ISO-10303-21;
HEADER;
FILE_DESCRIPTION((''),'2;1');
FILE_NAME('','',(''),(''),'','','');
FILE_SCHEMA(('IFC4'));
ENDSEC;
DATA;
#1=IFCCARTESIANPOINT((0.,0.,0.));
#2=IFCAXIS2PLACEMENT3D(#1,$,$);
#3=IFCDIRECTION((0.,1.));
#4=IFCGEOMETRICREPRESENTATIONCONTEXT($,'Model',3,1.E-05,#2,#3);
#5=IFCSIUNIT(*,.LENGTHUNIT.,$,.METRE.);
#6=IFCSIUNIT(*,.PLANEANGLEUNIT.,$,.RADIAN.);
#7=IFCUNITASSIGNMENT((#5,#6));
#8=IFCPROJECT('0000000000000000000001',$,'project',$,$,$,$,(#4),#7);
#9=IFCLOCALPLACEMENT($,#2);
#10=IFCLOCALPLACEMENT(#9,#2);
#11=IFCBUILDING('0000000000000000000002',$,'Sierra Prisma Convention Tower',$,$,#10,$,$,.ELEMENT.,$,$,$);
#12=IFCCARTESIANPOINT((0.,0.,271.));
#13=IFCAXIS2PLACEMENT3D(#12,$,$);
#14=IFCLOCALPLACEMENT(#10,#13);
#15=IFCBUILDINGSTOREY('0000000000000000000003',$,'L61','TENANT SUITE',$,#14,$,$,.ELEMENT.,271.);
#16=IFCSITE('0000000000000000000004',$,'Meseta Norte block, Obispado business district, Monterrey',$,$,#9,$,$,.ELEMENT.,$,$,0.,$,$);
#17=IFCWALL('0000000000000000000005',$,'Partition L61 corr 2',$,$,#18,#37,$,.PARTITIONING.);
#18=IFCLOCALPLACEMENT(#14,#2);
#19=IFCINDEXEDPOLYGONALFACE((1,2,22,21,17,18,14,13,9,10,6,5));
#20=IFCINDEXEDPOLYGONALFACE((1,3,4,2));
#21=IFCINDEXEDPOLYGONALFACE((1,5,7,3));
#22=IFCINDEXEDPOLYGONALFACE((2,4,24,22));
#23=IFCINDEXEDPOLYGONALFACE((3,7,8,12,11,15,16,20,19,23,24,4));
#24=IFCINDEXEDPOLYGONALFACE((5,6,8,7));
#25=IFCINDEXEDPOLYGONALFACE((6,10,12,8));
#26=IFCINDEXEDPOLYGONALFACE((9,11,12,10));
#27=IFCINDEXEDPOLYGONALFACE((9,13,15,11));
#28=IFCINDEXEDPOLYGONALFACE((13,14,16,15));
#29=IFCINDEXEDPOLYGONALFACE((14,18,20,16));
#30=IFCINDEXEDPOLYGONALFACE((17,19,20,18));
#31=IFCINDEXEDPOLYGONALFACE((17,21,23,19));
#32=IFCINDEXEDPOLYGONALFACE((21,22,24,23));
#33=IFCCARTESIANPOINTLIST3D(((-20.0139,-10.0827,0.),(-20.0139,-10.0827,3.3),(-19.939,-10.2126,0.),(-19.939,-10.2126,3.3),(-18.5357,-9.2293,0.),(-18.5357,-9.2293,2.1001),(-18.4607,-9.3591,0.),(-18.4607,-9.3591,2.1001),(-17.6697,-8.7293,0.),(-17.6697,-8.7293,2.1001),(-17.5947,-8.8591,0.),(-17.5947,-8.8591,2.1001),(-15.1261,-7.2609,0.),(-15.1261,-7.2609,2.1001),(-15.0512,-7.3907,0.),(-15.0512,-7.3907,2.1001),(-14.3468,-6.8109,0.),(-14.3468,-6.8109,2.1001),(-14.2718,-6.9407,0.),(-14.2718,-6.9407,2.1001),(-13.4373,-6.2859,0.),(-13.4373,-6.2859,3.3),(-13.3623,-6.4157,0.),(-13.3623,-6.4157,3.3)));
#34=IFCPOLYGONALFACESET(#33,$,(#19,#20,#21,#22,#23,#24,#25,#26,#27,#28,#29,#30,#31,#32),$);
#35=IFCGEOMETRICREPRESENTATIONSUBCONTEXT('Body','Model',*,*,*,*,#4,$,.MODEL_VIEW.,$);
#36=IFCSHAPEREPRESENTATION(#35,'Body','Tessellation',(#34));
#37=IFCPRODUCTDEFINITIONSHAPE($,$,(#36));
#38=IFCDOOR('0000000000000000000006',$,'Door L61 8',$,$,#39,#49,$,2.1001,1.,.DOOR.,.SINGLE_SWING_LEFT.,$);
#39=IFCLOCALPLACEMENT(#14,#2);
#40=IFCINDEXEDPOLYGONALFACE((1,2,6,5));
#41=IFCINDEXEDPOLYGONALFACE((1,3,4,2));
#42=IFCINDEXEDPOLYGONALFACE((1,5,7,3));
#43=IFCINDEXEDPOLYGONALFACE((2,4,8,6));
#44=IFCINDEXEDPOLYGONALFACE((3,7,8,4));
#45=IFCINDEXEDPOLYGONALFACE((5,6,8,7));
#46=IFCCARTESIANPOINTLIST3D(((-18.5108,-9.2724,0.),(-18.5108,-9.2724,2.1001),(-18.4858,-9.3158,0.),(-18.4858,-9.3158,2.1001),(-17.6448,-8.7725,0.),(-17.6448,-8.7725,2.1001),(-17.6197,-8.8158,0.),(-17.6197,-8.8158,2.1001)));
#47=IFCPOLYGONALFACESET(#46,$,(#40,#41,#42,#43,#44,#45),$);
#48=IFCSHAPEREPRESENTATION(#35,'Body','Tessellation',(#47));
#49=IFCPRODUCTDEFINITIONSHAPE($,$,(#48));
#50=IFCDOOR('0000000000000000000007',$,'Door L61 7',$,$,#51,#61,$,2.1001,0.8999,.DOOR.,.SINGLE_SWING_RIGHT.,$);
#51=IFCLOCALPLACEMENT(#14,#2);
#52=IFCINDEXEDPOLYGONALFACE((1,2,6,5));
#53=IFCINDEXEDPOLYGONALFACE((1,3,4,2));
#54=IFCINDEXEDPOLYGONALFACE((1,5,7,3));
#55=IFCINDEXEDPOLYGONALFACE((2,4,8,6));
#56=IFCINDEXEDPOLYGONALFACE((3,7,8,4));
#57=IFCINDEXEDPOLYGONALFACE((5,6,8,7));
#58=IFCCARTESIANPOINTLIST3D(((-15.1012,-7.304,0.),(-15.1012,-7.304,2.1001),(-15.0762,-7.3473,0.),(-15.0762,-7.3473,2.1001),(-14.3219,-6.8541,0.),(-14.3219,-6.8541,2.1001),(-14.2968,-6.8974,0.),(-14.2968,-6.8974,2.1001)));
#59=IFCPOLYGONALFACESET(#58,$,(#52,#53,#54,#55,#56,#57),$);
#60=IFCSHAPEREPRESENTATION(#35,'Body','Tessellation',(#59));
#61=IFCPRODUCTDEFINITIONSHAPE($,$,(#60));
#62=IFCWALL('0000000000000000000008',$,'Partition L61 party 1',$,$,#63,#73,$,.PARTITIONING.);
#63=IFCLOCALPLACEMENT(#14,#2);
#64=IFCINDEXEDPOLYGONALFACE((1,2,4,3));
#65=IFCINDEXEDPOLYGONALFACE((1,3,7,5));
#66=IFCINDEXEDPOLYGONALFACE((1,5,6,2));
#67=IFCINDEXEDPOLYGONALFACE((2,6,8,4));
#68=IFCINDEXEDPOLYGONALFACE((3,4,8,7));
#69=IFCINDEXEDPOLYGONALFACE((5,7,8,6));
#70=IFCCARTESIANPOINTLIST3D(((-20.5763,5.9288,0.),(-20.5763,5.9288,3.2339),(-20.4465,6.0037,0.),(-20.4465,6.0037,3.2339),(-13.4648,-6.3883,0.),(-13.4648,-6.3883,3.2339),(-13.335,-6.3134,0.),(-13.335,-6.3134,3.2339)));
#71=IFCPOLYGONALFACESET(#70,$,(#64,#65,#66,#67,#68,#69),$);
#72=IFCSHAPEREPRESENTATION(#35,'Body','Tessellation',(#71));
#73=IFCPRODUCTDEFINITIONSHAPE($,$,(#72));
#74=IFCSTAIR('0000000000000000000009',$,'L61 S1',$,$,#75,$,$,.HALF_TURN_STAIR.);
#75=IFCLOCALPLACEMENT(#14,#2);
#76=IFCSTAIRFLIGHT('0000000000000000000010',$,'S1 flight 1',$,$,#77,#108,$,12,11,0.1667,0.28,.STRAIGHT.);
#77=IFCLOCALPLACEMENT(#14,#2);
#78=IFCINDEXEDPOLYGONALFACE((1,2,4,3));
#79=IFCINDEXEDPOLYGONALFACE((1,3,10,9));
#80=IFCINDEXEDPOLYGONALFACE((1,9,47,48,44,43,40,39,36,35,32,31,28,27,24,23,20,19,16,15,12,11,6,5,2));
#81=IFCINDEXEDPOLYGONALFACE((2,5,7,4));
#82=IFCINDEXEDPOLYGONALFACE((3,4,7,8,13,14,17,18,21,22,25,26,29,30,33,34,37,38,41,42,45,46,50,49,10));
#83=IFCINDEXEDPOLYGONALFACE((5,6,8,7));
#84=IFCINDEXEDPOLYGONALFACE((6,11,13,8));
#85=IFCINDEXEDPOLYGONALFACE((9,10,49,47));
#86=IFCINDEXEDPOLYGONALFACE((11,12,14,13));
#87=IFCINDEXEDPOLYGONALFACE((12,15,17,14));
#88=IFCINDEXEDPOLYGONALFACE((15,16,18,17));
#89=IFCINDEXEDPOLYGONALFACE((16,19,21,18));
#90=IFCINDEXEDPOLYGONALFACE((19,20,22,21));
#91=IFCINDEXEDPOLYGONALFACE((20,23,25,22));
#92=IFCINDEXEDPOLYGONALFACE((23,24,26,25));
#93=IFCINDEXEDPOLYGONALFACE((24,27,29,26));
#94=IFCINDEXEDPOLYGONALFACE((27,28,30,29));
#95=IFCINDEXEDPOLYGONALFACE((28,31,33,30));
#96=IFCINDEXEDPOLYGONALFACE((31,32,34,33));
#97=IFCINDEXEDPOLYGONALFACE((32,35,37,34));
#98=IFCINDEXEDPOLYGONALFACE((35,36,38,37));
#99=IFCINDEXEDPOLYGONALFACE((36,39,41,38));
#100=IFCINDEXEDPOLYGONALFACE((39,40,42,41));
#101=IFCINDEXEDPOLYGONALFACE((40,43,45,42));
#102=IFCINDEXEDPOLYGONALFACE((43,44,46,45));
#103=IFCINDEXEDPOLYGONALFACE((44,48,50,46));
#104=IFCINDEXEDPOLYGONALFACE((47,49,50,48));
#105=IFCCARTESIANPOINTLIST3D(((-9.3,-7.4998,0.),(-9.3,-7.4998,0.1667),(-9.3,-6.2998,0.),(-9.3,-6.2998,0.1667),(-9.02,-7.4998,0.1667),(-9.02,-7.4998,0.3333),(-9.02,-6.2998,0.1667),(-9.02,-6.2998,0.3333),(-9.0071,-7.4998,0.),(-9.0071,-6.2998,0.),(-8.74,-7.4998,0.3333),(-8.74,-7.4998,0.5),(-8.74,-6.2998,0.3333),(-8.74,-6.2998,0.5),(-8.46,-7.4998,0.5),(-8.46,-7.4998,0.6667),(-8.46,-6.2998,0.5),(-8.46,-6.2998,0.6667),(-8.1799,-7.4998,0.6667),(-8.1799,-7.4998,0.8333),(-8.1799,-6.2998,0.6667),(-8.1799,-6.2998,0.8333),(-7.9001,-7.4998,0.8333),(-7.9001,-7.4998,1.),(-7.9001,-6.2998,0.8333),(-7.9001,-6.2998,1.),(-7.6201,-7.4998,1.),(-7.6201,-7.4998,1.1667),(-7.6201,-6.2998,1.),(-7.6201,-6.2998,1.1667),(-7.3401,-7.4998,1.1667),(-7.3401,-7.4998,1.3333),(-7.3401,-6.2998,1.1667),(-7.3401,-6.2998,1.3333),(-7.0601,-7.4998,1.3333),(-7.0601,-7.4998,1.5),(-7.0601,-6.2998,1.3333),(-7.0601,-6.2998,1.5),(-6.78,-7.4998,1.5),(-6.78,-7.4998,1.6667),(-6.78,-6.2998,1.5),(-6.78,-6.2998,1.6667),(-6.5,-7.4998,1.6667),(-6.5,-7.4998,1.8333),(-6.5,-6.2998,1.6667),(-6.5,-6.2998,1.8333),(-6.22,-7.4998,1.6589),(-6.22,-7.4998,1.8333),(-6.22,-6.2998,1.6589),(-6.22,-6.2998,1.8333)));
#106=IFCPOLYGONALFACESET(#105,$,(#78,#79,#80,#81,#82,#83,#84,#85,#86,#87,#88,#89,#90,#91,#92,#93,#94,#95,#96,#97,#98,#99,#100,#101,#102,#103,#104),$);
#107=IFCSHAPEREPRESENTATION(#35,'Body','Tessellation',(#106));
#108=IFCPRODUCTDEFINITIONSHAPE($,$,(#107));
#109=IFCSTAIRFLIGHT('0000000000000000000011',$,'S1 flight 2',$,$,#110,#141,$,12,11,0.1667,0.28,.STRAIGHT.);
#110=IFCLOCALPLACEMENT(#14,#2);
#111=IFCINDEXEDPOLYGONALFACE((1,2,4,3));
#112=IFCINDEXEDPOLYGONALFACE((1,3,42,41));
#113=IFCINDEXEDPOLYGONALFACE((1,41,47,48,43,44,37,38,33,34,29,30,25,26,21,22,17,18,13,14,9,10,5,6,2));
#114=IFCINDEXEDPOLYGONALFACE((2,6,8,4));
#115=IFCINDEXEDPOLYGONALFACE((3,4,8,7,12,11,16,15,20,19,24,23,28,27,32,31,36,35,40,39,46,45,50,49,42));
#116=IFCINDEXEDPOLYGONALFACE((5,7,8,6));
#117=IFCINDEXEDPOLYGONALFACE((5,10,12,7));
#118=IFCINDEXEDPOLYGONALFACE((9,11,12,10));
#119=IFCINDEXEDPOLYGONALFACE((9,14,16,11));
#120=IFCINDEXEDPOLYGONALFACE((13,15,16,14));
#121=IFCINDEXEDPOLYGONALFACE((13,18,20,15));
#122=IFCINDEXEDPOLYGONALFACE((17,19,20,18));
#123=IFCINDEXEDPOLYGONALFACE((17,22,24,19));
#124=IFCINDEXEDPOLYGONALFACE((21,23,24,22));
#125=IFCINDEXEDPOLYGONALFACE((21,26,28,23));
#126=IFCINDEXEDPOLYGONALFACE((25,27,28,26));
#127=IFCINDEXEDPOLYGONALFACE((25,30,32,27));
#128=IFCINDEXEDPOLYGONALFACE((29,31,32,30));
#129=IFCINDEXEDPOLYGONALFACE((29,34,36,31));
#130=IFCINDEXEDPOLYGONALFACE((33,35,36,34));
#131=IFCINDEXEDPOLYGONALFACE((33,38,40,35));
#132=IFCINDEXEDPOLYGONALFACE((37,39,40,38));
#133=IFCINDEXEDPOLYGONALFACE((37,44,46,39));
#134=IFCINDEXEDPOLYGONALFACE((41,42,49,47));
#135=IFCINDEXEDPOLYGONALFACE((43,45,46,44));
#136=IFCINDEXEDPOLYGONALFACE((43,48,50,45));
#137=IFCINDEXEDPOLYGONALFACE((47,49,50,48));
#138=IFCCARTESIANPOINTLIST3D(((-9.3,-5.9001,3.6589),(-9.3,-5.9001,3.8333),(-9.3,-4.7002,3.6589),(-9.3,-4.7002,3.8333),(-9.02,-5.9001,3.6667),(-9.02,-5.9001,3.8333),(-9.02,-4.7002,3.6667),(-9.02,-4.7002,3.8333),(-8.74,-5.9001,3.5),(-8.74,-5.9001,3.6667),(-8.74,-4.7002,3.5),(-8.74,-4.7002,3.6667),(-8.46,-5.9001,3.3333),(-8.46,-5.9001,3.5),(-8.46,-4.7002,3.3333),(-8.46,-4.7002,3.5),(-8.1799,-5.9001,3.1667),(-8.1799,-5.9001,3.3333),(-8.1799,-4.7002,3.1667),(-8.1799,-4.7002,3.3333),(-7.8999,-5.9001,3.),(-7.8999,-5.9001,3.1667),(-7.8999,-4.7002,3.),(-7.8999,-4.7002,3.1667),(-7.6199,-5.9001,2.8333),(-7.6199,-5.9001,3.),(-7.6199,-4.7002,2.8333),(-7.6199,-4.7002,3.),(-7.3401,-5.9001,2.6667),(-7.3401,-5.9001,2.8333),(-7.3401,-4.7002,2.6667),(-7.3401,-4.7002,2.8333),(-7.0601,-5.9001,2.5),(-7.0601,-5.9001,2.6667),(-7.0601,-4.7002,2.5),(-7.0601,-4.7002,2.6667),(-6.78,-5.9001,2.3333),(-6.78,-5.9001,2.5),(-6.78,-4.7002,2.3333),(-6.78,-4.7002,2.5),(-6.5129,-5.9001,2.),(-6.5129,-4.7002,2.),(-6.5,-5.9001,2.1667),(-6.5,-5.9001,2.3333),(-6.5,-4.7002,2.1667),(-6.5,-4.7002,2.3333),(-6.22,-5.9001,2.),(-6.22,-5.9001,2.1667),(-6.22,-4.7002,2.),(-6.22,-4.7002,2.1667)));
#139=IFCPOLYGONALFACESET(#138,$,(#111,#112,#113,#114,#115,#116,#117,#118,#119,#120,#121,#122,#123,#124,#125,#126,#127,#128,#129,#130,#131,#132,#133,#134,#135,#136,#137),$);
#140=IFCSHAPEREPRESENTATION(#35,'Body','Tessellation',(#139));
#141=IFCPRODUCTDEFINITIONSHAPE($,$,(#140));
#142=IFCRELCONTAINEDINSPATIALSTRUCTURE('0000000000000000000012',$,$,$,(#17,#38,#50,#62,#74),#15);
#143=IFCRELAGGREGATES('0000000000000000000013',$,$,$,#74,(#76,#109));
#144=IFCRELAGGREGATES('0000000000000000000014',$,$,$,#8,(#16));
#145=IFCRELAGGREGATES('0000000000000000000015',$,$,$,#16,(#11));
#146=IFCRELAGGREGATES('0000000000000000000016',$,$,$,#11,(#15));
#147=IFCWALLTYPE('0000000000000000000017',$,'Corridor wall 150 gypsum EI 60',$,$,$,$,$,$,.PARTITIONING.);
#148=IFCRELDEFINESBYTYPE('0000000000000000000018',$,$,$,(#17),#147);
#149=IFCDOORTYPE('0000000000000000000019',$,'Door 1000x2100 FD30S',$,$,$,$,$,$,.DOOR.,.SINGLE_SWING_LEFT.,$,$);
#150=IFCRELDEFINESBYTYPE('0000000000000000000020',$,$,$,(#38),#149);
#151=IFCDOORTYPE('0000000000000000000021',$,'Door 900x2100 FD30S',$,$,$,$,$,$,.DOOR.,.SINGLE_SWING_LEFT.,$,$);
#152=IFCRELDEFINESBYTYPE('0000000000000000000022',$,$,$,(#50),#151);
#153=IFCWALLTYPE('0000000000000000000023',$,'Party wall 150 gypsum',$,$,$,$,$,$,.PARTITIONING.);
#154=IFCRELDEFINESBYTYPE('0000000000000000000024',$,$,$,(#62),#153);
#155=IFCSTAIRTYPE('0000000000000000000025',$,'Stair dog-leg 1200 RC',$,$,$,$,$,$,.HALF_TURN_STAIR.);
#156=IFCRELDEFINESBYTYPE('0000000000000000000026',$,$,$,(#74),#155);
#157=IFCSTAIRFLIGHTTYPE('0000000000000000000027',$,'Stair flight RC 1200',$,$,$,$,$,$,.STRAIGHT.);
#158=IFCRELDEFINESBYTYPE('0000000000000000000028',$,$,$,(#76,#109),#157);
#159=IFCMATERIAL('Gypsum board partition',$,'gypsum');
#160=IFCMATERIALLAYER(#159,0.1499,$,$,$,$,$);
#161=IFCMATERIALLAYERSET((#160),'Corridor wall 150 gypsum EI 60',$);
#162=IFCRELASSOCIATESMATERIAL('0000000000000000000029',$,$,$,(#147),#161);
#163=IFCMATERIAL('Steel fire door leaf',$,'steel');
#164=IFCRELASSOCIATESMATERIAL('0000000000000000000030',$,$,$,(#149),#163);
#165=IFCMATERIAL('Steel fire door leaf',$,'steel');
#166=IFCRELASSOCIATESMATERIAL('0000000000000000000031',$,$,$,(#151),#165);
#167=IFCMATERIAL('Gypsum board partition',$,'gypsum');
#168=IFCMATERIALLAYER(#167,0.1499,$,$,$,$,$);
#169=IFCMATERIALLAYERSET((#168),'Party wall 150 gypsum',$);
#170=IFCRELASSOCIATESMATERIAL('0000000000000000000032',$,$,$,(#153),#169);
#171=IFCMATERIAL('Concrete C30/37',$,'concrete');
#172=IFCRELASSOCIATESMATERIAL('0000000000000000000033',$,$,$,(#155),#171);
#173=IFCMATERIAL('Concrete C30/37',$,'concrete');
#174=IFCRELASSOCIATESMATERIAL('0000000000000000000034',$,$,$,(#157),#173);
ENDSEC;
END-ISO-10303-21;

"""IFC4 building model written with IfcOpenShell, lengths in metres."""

from ifc_helpers import new_model, si_unit, direction, frame, frame_2d, origin, place, context, subcontext, project, spatial, polyline, rectangle, outline, extrude, material, layer, layer_set, type_object, element, fill, aggregate, save


model = new_model("IFC4")

# Units and contexts
model_context = context("Model", 3, precision=1e-05, world=origin(), true_north=direction((0.0, 1.0)))
body_context = subcontext(model_context, "Body", "Model", "MODEL_VIEW")
ifc_project = project(units=[si_unit("LENGTHUNIT", "METRE"), si_unit("PLANEANGLEUNIT", "RADIAN")], contexts=[model_context])

# Site, building, storey
site_placement = place(None, origin())
site = spatial("IfcSite", under=ifc_project, at=site_placement, Name="Meseta Norte block, Obispado business district, Monterrey", CompositionType="ELEMENT", RefElevation=0.0)
building_placement = place(site_placement, origin())
building = spatial("IfcBuilding", under=site, at=building_placement, Name="Sierra Prisma Convention Tower", CompositionType="ELEMENT")
storey_placement = place(building_placement, frame((0.0, 0.0, 271.0)))
storey = spatial("IfcBuildingStorey", under=building, at=storey_placement, Name="L61", Description="TENANT SUITE", CompositionType="ELEMENT", Elevation=271.0)

# Wall, openings, doors
ifc_material_1 = material(Name="Gypsum board partition", Category="gypsum")
ifc_layer_1 = layer(ifc_material_1, 0.1499)
ifc_layer_set_1 = layer_set([ifc_layer_1], Name="Corridor wall 150 gypsum EI 60")
wall_type_1 = type_object("IfcWallType", Name="Corridor wall 150 gypsum EI 60", PredefinedType="PARTITIONING", material=ifc_layer_set_1)
wall_1_placement = place(storey_placement, frame((-13.3999, -6.3508, 0.0), z_axis=(0.0, 0.0, 1.0), x_axis=(-0.866035, -0.499984, 0.0)))
wall_1 = element("IfcWall", 1, at=wall_1_placement, inside=storey, type_object=wall_type_1, Name="Partition L61 corr 2", PredefinedType="PARTITIONING", context=body_context, shape_type="SweptSolid", body=[
    extrude(rectangle(XDim=7.594, YDim=0.1499, at=frame_2d((3.7969, 0.0))), origin(), (0.0, 0.0, 1.0), 3.3),
])
opening_1_placement = place(wall_1_placement, frame((1.05, 0.0, 0.0)))
opening_1 = element("IfcOpeningElement", 2, at=opening_1_placement, cuts=wall_1, PredefinedType="OPENING", context=body_context, shape_type="SweptSolid", body=[
    extrude(rectangle(XDim=0.8999, YDim=2.1001, at=frame_2d((0.45, 1.05))), frame((0.0, 0.075, 0.0), z_axis=(0.0, -1.0, 0.0), x_axis=(1.0, 0.0, 0.0)), (0.0, 0.0, 1.0), 0.1499),
])
opening_2_placement = place(wall_1_placement, frame((4.887, 0.0, 0.0)))
opening_2 = element("IfcOpeningElement", 3, at=opening_2_placement, cuts=wall_1, PredefinedType="OPENING", context=body_context, shape_type="SweptSolid", body=[
    extrude(rectangle(XDim=1.0, YDim=2.1001, at=frame_2d((0.5, 1.05))), frame((0.0, 0.075, 0.0), z_axis=(0.0, -1.0, 0.0), x_axis=(1.0, 0.0, 0.0)), (0.0, 0.0, 1.0), 0.1499),
])
ifc_material_2 = material(Name="Steel fire door leaf", Category="steel")
door_type_1 = type_object("IfcDoorType", Name="Door 1000x2100 FD30S", OperationType="SINGLE_SWING_LEFT", PredefinedType="DOOR", material=ifc_material_2)
door_1_placement = place(opening_2_placement, origin())
door_1 = element("IfcDoor", 4, at=door_1_placement, inside=storey, type_object=door_type_1, Name="Door L61 8", OperationType="SINGLE_SWING_LEFT", OverallHeight=2.1001, OverallWidth=1.0, PredefinedType="DOOR", context=body_context, shape_type="SweptSolid", body=[
    extrude(rectangle(XDim=1.0, YDim=2.1001, at=frame_2d((0.5, 1.05))), frame((0.0, 0.0249, 0.0), z_axis=(0.0, -1.0, 0.0), x_axis=(1.0, 0.0, 0.0)), (0.0, 0.0, 1.0), 0.05),
])
fill(opening_2, door_1)
ifc_material_3 = material(Name="Steel fire door leaf", Category="steel")
door_type_2 = type_object("IfcDoorType", Name="Door 900x2100 FD30S", OperationType="SINGLE_SWING_LEFT", PredefinedType="DOOR", material=ifc_material_3)
door_2_placement = place(opening_1_placement, origin())
door_2 = element("IfcDoor", 5, at=door_2_placement, inside=storey, type_object=door_type_2, Name="Door L61 7", OperationType="SINGLE_SWING_RIGHT", OverallHeight=2.1001, OverallWidth=0.8999, PredefinedType="DOOR", context=body_context, shape_type="SweptSolid", body=[
    extrude(rectangle(XDim=0.8999, YDim=2.1001, at=frame_2d((0.45, 1.05))), frame((0.0, 0.0249, 0.0), z_axis=(0.0, -1.0, 0.0), x_axis=(1.0, 0.0, 0.0)), (0.0, 0.0, 1.0), 0.05),
])
fill(opening_1, door_2)

# Wall
ifc_material_4 = material(Name="Gypsum board partition", Category="gypsum")
ifc_layer_2 = layer(ifc_material_4, 0.1499)
ifc_layer_set_2 = layer_set([ifc_layer_2], Name="Party wall 150 gypsum")
wall_type_2 = type_object("IfcWallType", Name="Party wall 150 gypsum", PredefinedType="PARTITIONING", material=ifc_layer_set_2)
wall_2_placement = place(storey_placement, frame((-13.3999, -6.3508, 0.0), z_axis=(0.0, 0.0, 1.0), x_axis=(-0.500014, 0.866017, 0.0)))
element("IfcWall", 6, at=wall_2_placement, inside=storey, type_object=wall_type_2, Name="Partition L61 party 1", PredefinedType="PARTITIONING", context=body_context, shape_type="SweptSolid", body=[
    extrude(rectangle(XDim=14.2227, YDim=0.1499, at=frame_2d((7.1113, 0.0))), origin(), (0.0, 0.0, 1.0), 3.2339),
])

# Stair, stair flights
ifc_material_5 = material(Name="Concrete C30/37", Category="concrete")
stair_type = type_object("IfcStairType", Name="Stair dog-leg 1200 RC", PredefinedType="HALF_TURN_STAIR", material=ifc_material_5)
stair_placement = place(storey_placement, origin())
stair = element("IfcStair", 7, at=stair_placement, inside=storey, type_object=stair_type, Name="L61 S1", PredefinedType="HALF_TURN_STAIR")
ifc_material_6 = material(Name="Concrete C30/37", Category="concrete")
stair_flight_type = type_object("IfcStairFlightType", Name="Stair flight RC 1200", PredefinedType="STRAIGHT", material=ifc_material_6)
stair_flight_1_placement = place(storey_placement, frame((-9.3, -6.8999, 0.0), z_axis=(0.0, 0.0, 1.0), x_axis=(1.0, 0.0, 0.0)))
stair_flight_1 = element("IfcStairFlight", 8, at=stair_flight_1_placement, type_object=stair_flight_type, Name="S1 flight 1", NumberOfRisers=12, NumberOfTreads=11, PredefinedType="STRAIGHT", RiserHeight=0.1667, TreadLength=0.28, context=body_context, shape_type="SweptSolid", body=[
    extrude(outline(polyline([(0.0, 0.0), (0.0, 0.1667), (0.28, 0.1667), (0.28, 0.3333), (0.5601, 0.3333), (0.5601, 0.5), (0.8401, 0.5), (0.8401, 0.6667), (1.1201, 0.6667), (1.1201, 0.8333), (1.3999, 0.8333), (1.3999, 1.0), (1.6799, 1.0), (1.6799, 1.1667), (1.96, 1.1667), (1.96, 1.3333), (2.24, 1.3333), (2.24, 1.5), (2.52, 1.5), (2.52, 1.6667), (2.8, 1.6667), (2.8, 1.8333), (3.0801, 1.8333), (3.0801, 2.0), (3.0801, 1.6589), (0.293, 0.0), (0.0, 0.0)])), frame((0.0, 0.6001, 0.0), z_axis=(0.0, -1.0, 0.0), x_axis=(1.0, 0.0, 0.0)), (0.0, 0.0, 1.0), 1.2),
])
stair_flight_2_placement = place(storey_placement, frame((-6.22, -5.3, 2.0), z_axis=(0.0, 0.0, 1.0), x_axis=(-1.0, 0.0, 0.0)))
stair_flight_2 = element("IfcStairFlight", 9, at=stair_flight_2_placement, type_object=stair_flight_type, Name="S1 flight 2", NumberOfRisers=12, NumberOfTreads=11, PredefinedType="STRAIGHT", RiserHeight=0.1667, TreadLength=0.28, context=body_context, shape_type="SweptSolid", body=[
    extrude(outline(polyline([(0.0, 0.0), (0.0, 0.1667), (0.28, 0.1667), (0.28, 0.3333), (0.5601, 0.3333), (0.5601, 0.5), (0.8401, 0.5), (0.8401, 0.6667), (1.1201, 0.6667), (1.1201, 0.8333), (1.3999, 0.8333), (1.3999, 1.0), (1.6799, 1.0), (1.6799, 1.1667), (1.96, 1.1667), (1.96, 1.3333), (2.24, 1.3333), (2.24, 1.5), (2.52, 1.5), (2.52, 1.6667), (2.8, 1.6667), (2.8, 1.8333), (3.0801, 1.8333), (3.0801, 2.0), (3.0801, 1.6589), (0.293, 0.0), (0.0, 0.0)])), frame((0.0, 0.6001, 0.0), z_axis=(0.0, -1.0, 0.0), x_axis=(1.0, 0.0, 0.0)), (0.0, 0.0, 1.0), 1.2),
])
aggregate(stair, [stair_flight_1, stair_flight_2])

save(model, "model.ifc")
